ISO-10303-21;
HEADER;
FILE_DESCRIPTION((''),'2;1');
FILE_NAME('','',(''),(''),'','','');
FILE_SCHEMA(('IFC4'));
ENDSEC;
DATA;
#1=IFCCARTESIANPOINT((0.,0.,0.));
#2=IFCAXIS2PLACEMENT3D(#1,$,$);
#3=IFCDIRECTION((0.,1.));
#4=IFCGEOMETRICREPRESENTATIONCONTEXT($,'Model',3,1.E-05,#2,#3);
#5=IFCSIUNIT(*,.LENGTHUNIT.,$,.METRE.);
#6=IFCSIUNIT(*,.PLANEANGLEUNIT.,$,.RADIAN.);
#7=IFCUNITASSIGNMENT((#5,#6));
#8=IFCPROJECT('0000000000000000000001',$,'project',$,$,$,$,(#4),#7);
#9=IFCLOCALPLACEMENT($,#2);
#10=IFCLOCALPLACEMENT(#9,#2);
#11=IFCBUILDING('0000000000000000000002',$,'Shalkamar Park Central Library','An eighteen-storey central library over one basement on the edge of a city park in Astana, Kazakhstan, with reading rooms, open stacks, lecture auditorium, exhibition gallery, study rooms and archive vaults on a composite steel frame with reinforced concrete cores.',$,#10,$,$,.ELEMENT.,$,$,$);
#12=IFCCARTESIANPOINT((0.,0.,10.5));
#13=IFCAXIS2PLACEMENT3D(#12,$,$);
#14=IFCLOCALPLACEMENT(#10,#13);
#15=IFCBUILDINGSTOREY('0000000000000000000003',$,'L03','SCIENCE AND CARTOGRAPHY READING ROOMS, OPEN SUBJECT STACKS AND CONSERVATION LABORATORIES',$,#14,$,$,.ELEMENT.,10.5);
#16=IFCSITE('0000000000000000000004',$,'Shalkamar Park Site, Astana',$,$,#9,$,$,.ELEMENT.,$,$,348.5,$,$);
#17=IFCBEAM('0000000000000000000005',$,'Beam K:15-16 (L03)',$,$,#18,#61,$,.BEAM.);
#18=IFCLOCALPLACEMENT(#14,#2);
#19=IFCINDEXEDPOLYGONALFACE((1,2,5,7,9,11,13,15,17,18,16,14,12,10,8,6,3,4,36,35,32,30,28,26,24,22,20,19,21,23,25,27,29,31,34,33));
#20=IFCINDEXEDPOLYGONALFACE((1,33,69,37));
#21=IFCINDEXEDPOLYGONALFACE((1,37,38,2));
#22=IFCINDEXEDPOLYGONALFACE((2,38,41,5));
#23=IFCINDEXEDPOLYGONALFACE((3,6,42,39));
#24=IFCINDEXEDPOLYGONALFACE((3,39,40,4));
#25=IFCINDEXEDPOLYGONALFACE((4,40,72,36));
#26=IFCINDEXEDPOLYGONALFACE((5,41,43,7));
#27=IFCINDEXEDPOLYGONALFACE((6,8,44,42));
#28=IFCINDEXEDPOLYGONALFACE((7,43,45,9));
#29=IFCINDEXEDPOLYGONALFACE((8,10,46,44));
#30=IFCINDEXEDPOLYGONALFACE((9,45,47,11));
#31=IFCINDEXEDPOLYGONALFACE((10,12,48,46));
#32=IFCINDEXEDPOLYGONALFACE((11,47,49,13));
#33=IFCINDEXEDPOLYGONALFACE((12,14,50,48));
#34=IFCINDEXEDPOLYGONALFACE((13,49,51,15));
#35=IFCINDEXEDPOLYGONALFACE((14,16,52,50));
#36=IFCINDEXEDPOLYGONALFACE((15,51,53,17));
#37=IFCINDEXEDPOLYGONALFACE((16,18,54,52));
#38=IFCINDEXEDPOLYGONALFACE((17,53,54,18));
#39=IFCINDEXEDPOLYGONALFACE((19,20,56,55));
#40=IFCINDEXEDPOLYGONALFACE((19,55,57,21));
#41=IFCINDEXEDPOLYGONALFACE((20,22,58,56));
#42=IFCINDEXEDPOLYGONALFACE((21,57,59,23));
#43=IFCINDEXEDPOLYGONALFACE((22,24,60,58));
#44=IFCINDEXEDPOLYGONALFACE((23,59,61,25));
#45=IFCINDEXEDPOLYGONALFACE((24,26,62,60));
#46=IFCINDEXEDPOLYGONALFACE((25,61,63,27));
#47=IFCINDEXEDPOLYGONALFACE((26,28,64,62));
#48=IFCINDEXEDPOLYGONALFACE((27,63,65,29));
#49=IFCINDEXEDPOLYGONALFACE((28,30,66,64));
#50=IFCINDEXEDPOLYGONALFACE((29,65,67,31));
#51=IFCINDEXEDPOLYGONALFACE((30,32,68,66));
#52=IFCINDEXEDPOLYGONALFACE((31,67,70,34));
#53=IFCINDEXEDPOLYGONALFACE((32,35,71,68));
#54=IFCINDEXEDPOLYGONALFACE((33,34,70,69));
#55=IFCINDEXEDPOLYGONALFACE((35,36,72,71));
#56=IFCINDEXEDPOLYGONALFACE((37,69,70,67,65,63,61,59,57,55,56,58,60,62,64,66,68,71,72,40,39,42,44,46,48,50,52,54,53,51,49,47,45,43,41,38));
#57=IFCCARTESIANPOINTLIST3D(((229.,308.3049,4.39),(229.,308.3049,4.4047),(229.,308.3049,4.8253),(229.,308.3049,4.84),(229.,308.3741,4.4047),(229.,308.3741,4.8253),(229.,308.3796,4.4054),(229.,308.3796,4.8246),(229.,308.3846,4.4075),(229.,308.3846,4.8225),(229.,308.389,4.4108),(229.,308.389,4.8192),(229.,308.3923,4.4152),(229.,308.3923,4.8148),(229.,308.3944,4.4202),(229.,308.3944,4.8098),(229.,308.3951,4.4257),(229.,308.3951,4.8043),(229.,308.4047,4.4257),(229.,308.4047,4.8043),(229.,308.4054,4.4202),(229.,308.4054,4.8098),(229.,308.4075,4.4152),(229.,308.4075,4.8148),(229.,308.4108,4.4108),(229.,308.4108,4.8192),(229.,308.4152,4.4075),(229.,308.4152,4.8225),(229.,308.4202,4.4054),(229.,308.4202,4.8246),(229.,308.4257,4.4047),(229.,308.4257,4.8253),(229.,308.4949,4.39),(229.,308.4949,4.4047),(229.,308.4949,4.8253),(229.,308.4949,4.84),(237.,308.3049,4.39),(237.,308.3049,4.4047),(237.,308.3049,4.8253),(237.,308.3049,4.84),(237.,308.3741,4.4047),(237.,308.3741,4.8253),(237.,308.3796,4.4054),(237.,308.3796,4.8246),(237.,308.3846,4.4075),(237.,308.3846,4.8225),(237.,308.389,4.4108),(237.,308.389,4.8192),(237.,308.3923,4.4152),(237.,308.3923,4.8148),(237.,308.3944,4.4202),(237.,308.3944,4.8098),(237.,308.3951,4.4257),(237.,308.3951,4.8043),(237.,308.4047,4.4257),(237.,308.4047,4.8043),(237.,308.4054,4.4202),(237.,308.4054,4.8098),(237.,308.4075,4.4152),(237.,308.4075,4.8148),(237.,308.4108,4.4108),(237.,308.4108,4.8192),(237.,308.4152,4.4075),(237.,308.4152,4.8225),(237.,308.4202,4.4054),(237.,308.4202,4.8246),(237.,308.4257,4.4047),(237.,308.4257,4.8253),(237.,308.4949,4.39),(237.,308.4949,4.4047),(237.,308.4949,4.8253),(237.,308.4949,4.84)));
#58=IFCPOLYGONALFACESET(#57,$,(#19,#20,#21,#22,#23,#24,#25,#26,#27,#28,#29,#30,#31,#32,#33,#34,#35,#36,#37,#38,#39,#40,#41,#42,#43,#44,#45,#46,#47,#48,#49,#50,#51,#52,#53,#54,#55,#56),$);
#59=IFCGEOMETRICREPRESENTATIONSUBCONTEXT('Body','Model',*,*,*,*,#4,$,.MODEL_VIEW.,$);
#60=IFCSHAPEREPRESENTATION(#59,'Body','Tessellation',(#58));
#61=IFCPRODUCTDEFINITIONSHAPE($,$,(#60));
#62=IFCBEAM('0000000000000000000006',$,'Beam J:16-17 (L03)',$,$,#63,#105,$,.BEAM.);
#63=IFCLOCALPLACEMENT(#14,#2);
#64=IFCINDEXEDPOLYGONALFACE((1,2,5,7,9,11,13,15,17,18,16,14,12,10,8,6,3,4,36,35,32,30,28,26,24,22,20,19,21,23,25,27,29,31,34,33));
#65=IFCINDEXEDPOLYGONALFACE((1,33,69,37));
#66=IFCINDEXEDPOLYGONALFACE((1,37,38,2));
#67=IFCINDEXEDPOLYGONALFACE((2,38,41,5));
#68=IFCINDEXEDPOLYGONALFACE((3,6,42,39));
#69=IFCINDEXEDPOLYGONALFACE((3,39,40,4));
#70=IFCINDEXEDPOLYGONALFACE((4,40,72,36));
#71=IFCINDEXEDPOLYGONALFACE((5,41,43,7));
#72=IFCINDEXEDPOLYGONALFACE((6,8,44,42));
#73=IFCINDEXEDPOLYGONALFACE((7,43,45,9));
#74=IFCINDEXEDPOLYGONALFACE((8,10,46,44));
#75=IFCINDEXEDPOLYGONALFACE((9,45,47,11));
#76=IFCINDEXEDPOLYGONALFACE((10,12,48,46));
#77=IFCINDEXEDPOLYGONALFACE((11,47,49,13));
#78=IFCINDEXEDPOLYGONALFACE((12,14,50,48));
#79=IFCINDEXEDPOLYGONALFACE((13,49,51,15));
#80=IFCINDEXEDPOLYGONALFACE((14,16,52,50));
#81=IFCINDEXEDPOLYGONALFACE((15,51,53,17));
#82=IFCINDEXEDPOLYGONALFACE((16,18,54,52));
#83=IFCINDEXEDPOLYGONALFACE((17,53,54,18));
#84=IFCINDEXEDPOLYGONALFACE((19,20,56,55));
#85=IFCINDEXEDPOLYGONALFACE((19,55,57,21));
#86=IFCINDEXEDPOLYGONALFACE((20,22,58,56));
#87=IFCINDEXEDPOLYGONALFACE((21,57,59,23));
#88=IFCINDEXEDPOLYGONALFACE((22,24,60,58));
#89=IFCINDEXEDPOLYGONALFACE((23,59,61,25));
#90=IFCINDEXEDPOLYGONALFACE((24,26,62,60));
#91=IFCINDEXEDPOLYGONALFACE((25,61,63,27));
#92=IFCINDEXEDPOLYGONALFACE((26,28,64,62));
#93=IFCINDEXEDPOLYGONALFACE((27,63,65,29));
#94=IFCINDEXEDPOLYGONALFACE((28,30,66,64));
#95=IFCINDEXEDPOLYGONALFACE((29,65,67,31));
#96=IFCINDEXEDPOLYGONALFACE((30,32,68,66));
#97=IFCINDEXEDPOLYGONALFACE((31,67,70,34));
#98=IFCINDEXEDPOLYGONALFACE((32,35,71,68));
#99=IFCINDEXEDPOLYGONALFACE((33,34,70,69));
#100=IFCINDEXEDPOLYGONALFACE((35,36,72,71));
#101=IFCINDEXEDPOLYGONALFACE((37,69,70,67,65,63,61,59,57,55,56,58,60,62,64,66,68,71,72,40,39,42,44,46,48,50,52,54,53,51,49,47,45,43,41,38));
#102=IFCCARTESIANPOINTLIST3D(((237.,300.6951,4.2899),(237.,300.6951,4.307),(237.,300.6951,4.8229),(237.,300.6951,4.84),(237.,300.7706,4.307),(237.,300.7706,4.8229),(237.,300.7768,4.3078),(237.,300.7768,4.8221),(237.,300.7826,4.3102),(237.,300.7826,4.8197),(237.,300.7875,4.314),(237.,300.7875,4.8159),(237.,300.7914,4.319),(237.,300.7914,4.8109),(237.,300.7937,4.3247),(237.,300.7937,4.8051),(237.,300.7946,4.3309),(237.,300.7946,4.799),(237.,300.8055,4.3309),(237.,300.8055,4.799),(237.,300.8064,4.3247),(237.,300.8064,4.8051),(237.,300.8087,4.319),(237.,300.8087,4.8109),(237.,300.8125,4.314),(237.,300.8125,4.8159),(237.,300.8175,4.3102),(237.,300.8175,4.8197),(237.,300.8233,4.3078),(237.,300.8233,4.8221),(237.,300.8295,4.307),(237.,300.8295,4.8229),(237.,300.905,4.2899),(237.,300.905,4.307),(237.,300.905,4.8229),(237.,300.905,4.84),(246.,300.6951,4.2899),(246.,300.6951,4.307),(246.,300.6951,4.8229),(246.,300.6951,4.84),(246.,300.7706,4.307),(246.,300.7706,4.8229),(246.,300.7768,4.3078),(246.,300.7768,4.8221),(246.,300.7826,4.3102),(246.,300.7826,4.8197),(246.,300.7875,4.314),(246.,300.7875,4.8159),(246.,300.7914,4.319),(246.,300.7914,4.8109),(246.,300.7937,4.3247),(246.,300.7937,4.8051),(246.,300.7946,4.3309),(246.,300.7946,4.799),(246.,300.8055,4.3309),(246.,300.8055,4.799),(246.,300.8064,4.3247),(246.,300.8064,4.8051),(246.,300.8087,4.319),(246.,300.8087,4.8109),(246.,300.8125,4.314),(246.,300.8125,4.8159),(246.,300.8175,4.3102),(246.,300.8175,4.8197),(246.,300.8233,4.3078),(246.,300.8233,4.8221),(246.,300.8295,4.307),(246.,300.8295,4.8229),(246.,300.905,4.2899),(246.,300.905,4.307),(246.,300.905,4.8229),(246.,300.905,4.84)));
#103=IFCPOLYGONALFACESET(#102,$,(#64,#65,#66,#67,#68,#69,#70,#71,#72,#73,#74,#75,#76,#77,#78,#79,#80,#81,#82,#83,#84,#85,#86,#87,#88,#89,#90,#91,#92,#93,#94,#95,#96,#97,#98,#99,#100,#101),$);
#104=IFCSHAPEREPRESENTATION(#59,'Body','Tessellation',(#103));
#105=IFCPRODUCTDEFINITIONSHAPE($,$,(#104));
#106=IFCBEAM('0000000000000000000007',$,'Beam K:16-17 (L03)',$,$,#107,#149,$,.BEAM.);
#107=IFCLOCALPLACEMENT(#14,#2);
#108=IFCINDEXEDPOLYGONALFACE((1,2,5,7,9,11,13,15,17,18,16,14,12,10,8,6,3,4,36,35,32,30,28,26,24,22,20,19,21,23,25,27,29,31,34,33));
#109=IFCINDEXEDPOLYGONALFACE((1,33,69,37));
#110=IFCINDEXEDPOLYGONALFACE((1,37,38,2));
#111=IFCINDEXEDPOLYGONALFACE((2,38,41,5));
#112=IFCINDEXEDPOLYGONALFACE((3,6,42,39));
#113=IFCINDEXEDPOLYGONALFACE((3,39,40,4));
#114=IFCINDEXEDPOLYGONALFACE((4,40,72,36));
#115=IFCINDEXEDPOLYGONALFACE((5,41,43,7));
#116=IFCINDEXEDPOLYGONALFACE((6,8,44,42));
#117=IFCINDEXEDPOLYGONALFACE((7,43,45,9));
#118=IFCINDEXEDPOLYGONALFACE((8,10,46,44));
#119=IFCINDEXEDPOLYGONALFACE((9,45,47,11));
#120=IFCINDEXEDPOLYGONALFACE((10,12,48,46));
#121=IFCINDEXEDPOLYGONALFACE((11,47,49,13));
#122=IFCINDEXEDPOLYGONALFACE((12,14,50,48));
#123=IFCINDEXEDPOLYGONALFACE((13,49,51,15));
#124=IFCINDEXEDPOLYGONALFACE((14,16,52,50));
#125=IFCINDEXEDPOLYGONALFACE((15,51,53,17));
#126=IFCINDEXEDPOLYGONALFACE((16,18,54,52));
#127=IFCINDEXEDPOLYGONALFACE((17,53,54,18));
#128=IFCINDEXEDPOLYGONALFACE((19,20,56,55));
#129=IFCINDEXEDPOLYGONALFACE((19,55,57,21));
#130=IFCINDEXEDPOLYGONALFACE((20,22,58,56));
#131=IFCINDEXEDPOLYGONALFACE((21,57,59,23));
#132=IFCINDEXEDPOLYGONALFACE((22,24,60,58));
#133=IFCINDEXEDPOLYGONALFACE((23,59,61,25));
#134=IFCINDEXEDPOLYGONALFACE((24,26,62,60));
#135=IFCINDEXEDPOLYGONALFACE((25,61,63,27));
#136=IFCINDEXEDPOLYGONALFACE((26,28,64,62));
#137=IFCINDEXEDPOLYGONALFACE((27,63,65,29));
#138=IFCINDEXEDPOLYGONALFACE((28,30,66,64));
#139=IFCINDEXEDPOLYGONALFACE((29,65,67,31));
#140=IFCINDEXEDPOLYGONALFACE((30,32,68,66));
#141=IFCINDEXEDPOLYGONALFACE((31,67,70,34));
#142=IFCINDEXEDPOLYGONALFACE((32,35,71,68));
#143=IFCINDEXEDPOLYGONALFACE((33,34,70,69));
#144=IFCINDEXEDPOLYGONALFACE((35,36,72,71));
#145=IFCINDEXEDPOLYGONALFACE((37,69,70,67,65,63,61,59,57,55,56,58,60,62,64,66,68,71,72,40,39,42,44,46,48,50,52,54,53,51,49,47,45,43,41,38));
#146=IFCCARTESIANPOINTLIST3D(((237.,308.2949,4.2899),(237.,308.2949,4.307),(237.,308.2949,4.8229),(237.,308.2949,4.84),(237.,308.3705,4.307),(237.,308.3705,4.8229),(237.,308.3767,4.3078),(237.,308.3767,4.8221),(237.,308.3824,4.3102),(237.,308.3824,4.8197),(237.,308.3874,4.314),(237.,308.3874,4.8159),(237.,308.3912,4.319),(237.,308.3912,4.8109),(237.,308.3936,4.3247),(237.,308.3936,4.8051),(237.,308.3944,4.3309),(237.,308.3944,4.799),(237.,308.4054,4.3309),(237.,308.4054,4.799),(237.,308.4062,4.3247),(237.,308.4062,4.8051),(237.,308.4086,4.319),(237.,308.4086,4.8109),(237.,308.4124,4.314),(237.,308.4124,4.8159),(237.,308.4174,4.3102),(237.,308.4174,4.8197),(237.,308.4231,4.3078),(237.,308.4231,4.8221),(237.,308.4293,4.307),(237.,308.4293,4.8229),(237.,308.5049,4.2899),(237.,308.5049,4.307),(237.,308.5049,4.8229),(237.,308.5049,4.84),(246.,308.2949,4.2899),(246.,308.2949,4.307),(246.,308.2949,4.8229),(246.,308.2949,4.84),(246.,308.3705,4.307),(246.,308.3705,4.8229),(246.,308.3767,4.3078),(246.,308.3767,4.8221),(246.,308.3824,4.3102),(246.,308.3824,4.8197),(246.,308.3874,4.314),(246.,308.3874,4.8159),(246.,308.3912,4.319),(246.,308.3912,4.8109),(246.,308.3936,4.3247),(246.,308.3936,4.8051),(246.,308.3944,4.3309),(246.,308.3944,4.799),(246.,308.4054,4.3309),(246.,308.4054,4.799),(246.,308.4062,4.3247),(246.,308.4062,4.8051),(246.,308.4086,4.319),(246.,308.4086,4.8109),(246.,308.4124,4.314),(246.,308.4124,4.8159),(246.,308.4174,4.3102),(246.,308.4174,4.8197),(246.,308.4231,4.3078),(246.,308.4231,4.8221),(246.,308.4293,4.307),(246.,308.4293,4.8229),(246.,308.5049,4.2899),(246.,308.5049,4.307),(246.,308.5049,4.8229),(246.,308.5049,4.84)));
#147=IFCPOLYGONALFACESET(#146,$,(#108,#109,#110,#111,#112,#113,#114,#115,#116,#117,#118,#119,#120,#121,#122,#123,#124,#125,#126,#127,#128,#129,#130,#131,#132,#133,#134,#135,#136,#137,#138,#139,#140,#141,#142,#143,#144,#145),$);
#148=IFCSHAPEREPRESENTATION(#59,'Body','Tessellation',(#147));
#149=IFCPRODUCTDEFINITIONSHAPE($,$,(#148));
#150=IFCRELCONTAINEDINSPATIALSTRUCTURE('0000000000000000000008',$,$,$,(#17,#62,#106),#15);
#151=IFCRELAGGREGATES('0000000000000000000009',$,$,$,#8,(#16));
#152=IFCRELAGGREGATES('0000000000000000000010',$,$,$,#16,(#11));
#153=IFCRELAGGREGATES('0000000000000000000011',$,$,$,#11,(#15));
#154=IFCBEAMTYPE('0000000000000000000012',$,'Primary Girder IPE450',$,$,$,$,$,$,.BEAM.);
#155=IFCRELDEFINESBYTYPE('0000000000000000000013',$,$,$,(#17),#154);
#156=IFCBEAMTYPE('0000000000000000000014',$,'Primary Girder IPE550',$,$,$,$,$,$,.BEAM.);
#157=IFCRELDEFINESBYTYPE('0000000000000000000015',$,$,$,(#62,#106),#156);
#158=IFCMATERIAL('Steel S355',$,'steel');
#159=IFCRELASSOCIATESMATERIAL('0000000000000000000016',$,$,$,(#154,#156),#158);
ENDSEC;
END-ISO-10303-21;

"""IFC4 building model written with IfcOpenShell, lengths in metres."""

from ifc_helpers import new_model, si_unit, direction, frame, origin, origin_2d, place, context, subcontext, project, spatial, i_section, extrude, material, material_profile, profile_set, type_object, element, save


model = new_model("IFC4")

# Units and contexts
model_context = context("Model", 3, precision=1e-05, world=origin(), true_north=direction((0.0, 1.0)))
body_context = subcontext(model_context, "Body", "Model", "MODEL_VIEW")
ifc_project = project(units=[si_unit("LENGTHUNIT", "METRE"), si_unit("PLANEANGLEUNIT", "RADIAN")], contexts=[model_context])

# Site, building, storey
site_placement = place(None, origin())
site = spatial("IfcSite", under=ifc_project, at=site_placement, Name="Shalkamar Park Site, Astana", CompositionType="ELEMENT", RefElevation=348.5)
building_placement = place(site_placement, origin())
building = spatial("IfcBuilding", under=site, at=building_placement, Name="Shalkamar Park Central Library", Description="An eighteen-storey central library over one basement on the edge of a city park in Astana, Kazakhstan, with reading rooms, open stacks, lecture auditorium, exhibition gallery, study rooms and archive vaults on a composite steel frame with reinforced concrete cores.", CompositionType="ELEMENT")
storey_placement = place(building_placement, frame((0.0, 0.0, 10.5)))
storey = spatial("IfcBuildingStorey", under=building, at=storey_placement, Name="L03", Description="SCIENCE AND CARTOGRAPHY READING ROOMS, OPEN SUBJECT STACKS AND CONSERVATION LABORATORIES", CompositionType="ELEMENT", Elevation=10.5)

# Shared definitions
ifc_material = material(Name="Steel S355", Category="steel")

# Beams
ifc_material_profile_1 = material_profile(ifc_material, i_section(OverallWidth=0.1899, OverallDepth=0.45, WebThickness=0.0095, FlangeThickness=0.0146, FilletRadius=0.021, at=origin_2d()), Name="IPE 450")
ifc_profile_set_1 = profile_set([ifc_material_profile_1], Name="Steel S355")
beam_type_1 = type_object("IfcBeamType", Name="Primary Girder IPE450", PredefinedType="BEAM", material=ifc_profile_set_1)
for number, where, z_axis, x_axis, name in (
    (1, (229.0, 308.3999, 4.615), (1.0, 0.0, 0.0), (0.0, 1.0, 0.0), "Beam K:15-16 (L03)"),
):
    element("IfcBeam", number, at=place(storey_placement, frame(where, z_axis=z_axis, x_axis=x_axis)), inside=storey, type_object=beam_type_1, Name=name, PredefinedType="BEAM", context=body_context, shape_type="SweptSolid", body=[
        extrude(i_section(OverallWidth=0.1899, OverallDepth=0.45, WebThickness=0.0095, FlangeThickness=0.0146, FilletRadius=0.021, at=origin_2d()), origin(), (0.0, 0.0, 1.0), 8.0),
    ])
ifc_material_profile_2 = material_profile(ifc_material, i_section(OverallWidth=0.21, OverallDepth=0.55, WebThickness=0.011, FlangeThickness=0.0171, FilletRadius=0.0239, at=origin_2d()), Name="IPE 550")
ifc_profile_set_2 = profile_set([ifc_material_profile_2], Name="Steel S355")
beam_type_2 = type_object("IfcBeamType", Name="Primary Girder IPE550", PredefinedType="BEAM", material=ifc_profile_set_2)
for number, where, z_axis, x_axis, name in (
    (2, (237.0, 300.8, 4.5649), (1.0, 0.0, 0.0), (0.0, 1.0, 0.0), "Beam J:16-17 (L03)"),
    (3, (237.0, 308.3999, 4.5649), (1.0, 0.0, 0.0), (0.0, 1.0, 0.0), "Beam K:16-17 (L03)"),
):
    element("IfcBeam", number, at=place(storey_placement, frame(where, z_axis=z_axis, x_axis=x_axis)), inside=storey, type_object=beam_type_2, Name=name, PredefinedType="BEAM", context=body_context, shape_type="SweptSolid", body=[
        extrude(i_section(OverallWidth=0.21, OverallDepth=0.55, WebThickness=0.011, FlangeThickness=0.0171, FilletRadius=0.0239, at=origin_2d()), origin(), (0.0, 0.0, 1.0), 9.0),
    ])

save(model, "model.ifc")
